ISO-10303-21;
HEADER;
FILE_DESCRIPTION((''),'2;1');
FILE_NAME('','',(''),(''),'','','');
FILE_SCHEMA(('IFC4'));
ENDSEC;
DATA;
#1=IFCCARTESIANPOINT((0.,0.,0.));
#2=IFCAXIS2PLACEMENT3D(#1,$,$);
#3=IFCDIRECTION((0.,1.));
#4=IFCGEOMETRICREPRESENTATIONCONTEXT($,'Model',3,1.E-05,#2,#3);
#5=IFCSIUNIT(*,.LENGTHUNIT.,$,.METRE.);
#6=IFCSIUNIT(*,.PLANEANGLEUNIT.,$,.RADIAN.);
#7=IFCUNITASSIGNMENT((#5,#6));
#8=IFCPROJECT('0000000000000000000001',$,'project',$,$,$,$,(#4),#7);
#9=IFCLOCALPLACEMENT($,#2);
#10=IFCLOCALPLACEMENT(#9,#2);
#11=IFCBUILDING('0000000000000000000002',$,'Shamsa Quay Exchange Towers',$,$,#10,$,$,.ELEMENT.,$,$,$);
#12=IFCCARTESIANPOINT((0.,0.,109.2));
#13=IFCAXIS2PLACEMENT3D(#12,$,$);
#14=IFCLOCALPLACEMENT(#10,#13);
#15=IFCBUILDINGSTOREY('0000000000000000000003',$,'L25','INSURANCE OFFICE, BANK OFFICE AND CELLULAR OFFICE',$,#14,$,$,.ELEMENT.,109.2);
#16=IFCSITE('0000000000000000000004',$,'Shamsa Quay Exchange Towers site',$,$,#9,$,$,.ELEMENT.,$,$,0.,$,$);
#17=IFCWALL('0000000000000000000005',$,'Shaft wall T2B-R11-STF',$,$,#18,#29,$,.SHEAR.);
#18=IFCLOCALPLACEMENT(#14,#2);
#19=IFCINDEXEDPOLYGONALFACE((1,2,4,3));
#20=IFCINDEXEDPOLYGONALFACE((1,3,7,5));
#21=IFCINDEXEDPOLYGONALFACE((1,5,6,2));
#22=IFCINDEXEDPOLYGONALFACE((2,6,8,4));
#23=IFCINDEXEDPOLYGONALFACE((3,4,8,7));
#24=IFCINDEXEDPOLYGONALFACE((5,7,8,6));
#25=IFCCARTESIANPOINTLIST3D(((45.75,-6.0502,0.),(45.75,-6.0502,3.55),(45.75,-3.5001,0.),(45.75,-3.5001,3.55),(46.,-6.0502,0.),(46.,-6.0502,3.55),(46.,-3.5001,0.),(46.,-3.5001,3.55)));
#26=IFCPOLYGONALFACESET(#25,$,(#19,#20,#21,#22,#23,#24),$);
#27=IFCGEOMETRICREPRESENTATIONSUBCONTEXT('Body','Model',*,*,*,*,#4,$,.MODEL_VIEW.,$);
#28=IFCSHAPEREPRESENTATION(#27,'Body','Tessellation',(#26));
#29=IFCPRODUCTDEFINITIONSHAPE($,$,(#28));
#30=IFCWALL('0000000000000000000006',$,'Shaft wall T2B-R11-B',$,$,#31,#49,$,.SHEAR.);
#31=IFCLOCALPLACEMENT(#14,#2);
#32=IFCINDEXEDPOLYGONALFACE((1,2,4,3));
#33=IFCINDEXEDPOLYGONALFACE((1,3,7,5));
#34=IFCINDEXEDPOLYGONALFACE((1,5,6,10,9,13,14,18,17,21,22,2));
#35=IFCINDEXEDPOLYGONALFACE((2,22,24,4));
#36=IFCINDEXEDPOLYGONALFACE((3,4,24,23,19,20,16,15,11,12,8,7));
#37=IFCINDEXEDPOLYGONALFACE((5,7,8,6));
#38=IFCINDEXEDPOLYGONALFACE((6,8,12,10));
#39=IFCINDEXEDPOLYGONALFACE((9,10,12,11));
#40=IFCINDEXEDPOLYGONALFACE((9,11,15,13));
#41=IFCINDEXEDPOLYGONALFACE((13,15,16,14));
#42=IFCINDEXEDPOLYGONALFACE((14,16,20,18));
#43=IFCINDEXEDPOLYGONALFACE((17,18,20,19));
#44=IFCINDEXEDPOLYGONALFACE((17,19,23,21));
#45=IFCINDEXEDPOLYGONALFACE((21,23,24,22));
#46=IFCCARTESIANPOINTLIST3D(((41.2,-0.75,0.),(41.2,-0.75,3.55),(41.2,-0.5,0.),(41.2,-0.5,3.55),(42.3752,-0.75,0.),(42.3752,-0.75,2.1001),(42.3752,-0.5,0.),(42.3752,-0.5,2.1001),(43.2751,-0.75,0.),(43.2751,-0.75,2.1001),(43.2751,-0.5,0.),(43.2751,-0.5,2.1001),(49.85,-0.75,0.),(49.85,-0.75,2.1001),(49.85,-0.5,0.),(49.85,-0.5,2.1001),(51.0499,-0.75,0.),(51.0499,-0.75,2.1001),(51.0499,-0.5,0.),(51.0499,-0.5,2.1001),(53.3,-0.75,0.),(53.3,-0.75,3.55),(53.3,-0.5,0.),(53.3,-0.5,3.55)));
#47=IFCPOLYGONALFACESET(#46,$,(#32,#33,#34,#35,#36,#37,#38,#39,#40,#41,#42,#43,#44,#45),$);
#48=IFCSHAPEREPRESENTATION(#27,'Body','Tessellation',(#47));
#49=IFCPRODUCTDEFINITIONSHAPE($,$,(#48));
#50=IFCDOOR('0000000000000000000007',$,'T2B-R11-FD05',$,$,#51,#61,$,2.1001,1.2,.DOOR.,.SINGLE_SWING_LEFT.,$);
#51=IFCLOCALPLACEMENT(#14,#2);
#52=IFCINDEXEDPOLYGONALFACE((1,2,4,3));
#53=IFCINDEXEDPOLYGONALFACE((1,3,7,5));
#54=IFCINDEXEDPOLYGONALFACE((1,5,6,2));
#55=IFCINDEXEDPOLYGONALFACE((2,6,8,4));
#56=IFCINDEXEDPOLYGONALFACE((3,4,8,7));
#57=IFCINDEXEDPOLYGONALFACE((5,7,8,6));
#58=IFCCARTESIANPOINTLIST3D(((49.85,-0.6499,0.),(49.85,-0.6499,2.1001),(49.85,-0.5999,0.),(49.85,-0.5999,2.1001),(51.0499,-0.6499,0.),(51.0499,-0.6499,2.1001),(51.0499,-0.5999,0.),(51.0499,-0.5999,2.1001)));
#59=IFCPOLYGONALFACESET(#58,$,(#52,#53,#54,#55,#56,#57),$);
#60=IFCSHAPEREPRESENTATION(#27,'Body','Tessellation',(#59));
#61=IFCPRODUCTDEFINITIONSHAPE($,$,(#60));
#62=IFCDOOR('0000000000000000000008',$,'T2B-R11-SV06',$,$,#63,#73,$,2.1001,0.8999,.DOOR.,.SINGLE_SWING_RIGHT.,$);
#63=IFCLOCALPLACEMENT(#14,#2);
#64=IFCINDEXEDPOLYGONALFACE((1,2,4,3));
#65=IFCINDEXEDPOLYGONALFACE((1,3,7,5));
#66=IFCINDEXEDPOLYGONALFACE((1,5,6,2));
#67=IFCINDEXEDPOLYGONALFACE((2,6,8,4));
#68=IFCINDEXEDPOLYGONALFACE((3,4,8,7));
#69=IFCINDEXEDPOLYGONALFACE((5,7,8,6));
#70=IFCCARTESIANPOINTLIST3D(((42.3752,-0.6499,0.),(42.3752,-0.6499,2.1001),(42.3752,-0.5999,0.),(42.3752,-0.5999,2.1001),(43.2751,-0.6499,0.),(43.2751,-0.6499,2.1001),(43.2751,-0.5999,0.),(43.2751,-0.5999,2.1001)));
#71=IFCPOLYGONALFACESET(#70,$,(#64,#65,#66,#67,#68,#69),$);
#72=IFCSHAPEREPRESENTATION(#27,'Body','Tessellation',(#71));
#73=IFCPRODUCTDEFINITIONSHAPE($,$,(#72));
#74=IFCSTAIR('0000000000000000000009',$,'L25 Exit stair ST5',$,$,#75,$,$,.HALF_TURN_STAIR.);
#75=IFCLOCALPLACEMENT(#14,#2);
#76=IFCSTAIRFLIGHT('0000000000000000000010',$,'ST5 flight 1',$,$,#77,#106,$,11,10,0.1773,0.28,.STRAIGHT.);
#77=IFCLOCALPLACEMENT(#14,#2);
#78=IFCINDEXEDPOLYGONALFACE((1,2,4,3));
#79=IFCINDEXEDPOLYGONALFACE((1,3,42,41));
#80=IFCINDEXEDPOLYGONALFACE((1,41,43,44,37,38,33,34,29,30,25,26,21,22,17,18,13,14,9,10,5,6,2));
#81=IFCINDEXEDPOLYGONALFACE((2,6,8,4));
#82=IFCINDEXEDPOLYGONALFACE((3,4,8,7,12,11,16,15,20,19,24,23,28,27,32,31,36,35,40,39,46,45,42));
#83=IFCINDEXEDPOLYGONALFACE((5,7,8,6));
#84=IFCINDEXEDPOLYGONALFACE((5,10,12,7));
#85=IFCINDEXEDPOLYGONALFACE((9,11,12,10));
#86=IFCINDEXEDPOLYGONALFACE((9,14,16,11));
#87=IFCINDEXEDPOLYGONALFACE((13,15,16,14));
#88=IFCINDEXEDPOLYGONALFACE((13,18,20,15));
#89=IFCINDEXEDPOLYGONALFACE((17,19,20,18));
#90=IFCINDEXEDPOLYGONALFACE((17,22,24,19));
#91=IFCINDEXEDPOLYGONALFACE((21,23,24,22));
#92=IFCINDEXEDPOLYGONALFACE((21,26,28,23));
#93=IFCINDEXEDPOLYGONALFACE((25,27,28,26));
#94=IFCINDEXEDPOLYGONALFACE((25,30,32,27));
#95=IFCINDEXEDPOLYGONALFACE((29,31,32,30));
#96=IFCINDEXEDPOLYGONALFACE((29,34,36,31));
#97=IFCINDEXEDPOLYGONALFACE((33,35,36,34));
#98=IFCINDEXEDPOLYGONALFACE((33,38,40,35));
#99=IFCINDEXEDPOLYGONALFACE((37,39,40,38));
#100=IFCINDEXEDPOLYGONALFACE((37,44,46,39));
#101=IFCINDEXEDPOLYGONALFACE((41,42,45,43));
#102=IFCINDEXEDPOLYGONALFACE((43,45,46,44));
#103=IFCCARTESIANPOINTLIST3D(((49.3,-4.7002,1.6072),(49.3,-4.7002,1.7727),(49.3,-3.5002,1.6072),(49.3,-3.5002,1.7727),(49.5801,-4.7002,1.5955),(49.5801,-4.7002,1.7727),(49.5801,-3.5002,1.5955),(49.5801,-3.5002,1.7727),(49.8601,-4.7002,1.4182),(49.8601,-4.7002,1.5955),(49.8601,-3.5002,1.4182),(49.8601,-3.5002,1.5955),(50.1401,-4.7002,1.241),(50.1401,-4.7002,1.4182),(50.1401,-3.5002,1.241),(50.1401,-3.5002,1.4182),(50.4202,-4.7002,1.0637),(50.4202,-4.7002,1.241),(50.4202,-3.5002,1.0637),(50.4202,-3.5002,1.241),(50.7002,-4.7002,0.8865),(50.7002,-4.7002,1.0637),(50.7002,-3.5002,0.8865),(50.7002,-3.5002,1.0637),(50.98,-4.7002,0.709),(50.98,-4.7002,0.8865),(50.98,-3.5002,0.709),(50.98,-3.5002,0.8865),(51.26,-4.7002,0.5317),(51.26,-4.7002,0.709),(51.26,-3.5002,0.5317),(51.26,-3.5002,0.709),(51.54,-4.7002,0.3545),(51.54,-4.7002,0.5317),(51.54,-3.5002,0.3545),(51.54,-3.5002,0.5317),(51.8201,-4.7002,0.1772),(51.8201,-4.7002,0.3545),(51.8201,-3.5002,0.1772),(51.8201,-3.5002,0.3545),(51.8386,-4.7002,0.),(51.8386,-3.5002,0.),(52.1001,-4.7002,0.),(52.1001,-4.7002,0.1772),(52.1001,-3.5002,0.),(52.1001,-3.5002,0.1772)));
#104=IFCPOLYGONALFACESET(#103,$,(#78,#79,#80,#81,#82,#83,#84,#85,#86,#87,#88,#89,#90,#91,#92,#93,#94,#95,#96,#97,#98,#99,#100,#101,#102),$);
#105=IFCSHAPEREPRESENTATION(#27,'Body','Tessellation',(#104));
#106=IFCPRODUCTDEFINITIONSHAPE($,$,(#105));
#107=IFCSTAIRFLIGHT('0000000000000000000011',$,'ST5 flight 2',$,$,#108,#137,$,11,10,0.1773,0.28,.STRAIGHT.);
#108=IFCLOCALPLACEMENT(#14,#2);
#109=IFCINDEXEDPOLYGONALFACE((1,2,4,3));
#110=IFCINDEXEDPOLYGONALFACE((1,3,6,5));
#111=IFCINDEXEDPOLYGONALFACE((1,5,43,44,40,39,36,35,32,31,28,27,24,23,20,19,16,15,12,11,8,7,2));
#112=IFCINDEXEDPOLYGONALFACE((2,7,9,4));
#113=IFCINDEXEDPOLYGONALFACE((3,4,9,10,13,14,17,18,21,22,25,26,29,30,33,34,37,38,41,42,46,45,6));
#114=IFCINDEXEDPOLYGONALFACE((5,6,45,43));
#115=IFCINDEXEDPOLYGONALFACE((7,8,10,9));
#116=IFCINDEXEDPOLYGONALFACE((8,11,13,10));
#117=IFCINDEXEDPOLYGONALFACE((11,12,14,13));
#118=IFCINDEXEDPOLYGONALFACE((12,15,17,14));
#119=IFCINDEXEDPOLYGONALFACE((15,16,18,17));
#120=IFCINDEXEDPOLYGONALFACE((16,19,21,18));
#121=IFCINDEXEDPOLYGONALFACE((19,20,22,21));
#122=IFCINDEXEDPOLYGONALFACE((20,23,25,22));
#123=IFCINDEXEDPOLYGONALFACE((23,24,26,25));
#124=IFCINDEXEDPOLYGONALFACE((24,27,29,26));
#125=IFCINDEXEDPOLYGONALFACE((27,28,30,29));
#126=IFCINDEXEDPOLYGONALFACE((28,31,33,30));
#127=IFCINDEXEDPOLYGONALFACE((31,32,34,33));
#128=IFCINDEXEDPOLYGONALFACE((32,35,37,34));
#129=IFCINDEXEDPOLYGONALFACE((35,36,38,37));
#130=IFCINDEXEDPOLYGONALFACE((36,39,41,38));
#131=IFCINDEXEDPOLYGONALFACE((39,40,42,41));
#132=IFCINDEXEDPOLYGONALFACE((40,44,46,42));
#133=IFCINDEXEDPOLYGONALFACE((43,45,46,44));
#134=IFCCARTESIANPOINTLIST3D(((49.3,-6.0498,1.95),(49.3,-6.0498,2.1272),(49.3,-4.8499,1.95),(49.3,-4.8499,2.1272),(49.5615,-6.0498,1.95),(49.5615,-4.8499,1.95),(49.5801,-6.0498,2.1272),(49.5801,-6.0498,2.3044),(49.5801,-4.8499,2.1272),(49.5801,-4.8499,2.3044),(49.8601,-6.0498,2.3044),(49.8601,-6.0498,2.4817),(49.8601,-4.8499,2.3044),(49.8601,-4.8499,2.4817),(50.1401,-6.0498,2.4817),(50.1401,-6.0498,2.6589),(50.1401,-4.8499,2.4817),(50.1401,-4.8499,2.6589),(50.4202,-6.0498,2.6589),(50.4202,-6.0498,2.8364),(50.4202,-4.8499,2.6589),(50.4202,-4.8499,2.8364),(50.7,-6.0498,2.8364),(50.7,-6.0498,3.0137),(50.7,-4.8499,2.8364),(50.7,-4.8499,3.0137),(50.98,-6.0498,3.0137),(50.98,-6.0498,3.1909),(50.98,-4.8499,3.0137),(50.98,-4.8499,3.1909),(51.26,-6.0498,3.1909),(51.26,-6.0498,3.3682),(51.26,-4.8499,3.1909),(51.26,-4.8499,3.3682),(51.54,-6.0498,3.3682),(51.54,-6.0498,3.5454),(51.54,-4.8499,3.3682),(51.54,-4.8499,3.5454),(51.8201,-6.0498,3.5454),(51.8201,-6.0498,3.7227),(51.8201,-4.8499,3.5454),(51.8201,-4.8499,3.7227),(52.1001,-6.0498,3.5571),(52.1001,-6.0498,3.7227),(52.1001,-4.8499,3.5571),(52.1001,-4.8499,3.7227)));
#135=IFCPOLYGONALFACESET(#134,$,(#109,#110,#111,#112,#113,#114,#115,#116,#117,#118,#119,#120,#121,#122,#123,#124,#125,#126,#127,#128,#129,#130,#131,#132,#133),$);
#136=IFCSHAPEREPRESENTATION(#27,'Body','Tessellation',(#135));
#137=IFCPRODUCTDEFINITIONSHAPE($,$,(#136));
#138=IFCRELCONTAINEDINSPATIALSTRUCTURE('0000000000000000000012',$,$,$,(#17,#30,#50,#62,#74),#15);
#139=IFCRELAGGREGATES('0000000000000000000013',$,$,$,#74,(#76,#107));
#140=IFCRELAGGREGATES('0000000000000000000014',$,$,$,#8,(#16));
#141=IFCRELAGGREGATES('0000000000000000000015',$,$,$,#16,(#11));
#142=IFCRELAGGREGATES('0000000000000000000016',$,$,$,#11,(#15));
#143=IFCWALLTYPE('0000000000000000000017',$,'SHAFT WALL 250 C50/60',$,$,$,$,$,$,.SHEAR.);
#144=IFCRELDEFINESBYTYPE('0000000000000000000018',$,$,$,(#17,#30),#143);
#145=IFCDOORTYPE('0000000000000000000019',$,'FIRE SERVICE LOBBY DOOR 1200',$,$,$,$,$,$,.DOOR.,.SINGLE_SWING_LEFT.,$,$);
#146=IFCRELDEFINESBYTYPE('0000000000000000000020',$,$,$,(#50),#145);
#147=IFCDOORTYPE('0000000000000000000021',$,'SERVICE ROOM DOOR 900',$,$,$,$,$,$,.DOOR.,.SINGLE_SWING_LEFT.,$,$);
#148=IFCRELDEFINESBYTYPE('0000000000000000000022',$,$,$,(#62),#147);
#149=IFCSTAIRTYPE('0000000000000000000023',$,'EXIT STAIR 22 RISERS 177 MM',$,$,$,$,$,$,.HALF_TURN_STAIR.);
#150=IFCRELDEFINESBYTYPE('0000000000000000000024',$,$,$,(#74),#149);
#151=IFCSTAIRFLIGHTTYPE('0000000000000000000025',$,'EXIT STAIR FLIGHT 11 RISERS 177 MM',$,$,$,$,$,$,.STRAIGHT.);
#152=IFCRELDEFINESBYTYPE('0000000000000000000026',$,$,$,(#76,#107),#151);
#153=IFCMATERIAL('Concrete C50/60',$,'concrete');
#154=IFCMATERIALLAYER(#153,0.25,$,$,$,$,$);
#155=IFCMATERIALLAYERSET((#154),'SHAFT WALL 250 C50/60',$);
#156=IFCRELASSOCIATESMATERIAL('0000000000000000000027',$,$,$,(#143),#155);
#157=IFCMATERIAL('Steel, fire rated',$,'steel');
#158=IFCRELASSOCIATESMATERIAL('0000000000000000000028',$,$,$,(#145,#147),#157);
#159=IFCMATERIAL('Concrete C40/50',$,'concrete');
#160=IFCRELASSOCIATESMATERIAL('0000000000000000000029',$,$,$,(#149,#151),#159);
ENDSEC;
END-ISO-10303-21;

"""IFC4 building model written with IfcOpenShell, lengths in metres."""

from ifc_helpers import new_model, si_unit, direction, frame, frame_2d, origin, place, context, subcontext, project, spatial, polyline, rectangle, outline, extrude, material, layer, layer_set, type_object, element, fill, aggregate, save


model = new_model("IFC4")

# Units and contexts
model_context = context("Model", 3, precision=1e-05, world=origin(), true_north=direction((0.0, 1.0)))
body_context = subcontext(model_context, "Body", "Model", "MODEL_VIEW")
ifc_project = project(units=[si_unit("LENGTHUNIT", "METRE"), si_unit("PLANEANGLEUNIT", "RADIAN")], contexts=[model_context])

# Site, building, storey
site_placement = place(None, origin())
site = spatial("IfcSite", under=ifc_project, at=site_placement, Name="Shamsa Quay Exchange Towers site", CompositionType="ELEMENT", RefElevation=0.0)
building_placement = place(site_placement, origin())
building = spatial("IfcBuilding", under=site, at=building_placement, Name="Shamsa Quay Exchange Towers", CompositionType="ELEMENT")
storey_placement = place(building_placement, frame((0.0, 0.0, 109.2)))
storey = spatial("IfcBuildingStorey", under=building, at=storey_placement, Name="L25", Description="INSURANCE OFFICE, BANK OFFICE AND CELLULAR OFFICE", CompositionType="ELEMENT", Elevation=109.2)

# Shared definitions
ifc_material_1 = material(Name="Steel, fire rated", Category="steel")
ifc_material_2 = material(Name="Concrete C50/60", Category="concrete")
ifc_layer_1 = layer(ifc_material_2, 0.25)
ifc_layer_set_1 = layer_set([ifc_layer_1], Name="SHAFT WALL 250 C50/60")
wall_type_1 = type_object("IfcWallType", Name="SHAFT WALL 250 C50/60", PredefinedType="SHEAR", material=ifc_layer_set_1)

# Wall
wall_1_placement = place(storey_placement, frame((45.875, -6.05, 0.0), z_axis=(0.0, 0.0, 1.0), x_axis=(0.0, 1.0, 0.0)))
element("IfcWall", 1, at=wall_1_placement, inside=storey, type_object=wall_type_1, Name="Shaft wall T2B-R11-STF", PredefinedType="SHEAR", context=body_context, shape_type="SweptSolid", body=[
    extrude(rectangle(XDim=2.55, YDim=0.25, at=frame_2d((1.2749, 0.0))), origin(), (0.0, 0.0, 1.0), 3.55),
])

# Wall, openings, doors
wall_2_placement = place(storey_placement, frame((53.3, -0.625, 0.0), z_axis=(0.0, 0.0, 1.0), x_axis=(-1.0, 0.0, 0.0)))
wall_2 = element("IfcWall", 2, at=wall_2_placement, inside=storey, type_object=wall_type_1, Name="Shaft wall T2B-R11-B", PredefinedType="SHEAR", context=body_context, shape_type="SweptSolid", body=[
    extrude(rectangle(XDim=12.1001, YDim=0.25, at=frame_2d((6.05, 0.0))), origin(), (0.0, 0.0, 1.0), 3.55),
])
opening_1_placement = place(wall_2_placement, frame((2.25, 0.0, 0.0)))
opening_1 = element("IfcOpeningElement", 3, at=opening_1_placement, cuts=wall_2, PredefinedType="OPENING", context=body_context, shape_type="SweptSolid", body=[
    extrude(rectangle(XDim=1.2, YDim=2.1001, at=frame_2d((0.6001, 1.05))), frame((0.0, 0.135, 0.0), z_axis=(0.0, -1.0, 0.0), x_axis=(1.0, 0.0, 0.0)), (0.0, 0.0, 1.0), 0.27),
])
opening_2_placement = place(wall_2_placement, frame((10.0249, 0.0, 0.0)))
opening_2 = element("IfcOpeningElement", 4, at=opening_2_placement, cuts=wall_2, PredefinedType="OPENING", context=body_context, shape_type="SweptSolid", body=[
    extrude(rectangle(XDim=0.8999, YDim=2.1001, at=frame_2d((0.45, 1.05))), frame((0.0, 0.135, 0.0), z_axis=(0.0, -1.0, 0.0), x_axis=(1.0, 0.0, 0.0)), (0.0, 0.0, 1.0), 0.27),
])
door_type_1 = type_object("IfcDoorType", Name="FIRE SERVICE LOBBY DOOR 1200", OperationType="SINGLE_SWING_LEFT", PredefinedType="DOOR", material=ifc_material_1)
door_1_placement = place(opening_1_placement, origin())
door_1 = element("IfcDoor", 5, at=door_1_placement, inside=storey, type_object=door_type_1, Name="T2B-R11-FD05", OperationType="SINGLE_SWING_LEFT", OverallHeight=2.1001, OverallWidth=1.2, PredefinedType="DOOR", context=body_context, shape_type="SweptSolid", body=[
    extrude(rectangle(XDim=1.2, YDim=2.1001, at=frame_2d((0.6001, 1.05))), frame((0.0, 0.0249, 0.0), z_axis=(0.0, -1.0, 0.0), x_axis=(1.0, 0.0, 0.0)), (0.0, 0.0, 1.0), 0.05),
])
fill(opening_1, door_1)
door_type_2 = type_object("IfcDoorType", Name="SERVICE ROOM DOOR 900", OperationType="SINGLE_SWING_LEFT", PredefinedType="DOOR", material=ifc_material_1)
door_2_placement = place(opening_2_placement, origin())
door_2 = element("IfcDoor", 6, at=door_2_placement, inside=storey, type_object=door_type_2, Name="T2B-R11-SV06", OperationType="SINGLE_SWING_RIGHT", OverallHeight=2.1001, OverallWidth=0.8999, PredefinedType="DOOR", context=body_context, shape_type="SweptSolid", body=[
    extrude(rectangle(XDim=0.8999, YDim=2.1001, at=frame_2d((0.45, 1.05))), frame((0.0, 0.0249, 0.0), z_axis=(0.0, -1.0, 0.0), x_axis=(1.0, 0.0, 0.0)), (0.0, 0.0, 1.0), 0.05),
])
fill(opening_2, door_2)

# Stair, stair flights
ifc_material_3 = material(Name="Concrete C40/50", Category="concrete")
stair_type = type_object("IfcStairType", Name="EXIT STAIR 22 RISERS 177 MM", PredefinedType="HALF_TURN_STAIR", material=ifc_material_3)
stair_placement = place(storey_placement, origin())
stair = element("IfcStair", 7, at=stair_placement, inside=storey, type_object=stair_type, Name="L25 Exit stair ST5", PredefinedType="HALF_TURN_STAIR")
stair_flight_type = type_object("IfcStairFlightType", Name="EXIT STAIR FLIGHT 11 RISERS 177 MM", PredefinedType="STRAIGHT", material=ifc_material_3)
stair_flight_1_placement = place(storey_placement, frame((52.1001, -4.1001, 0.0), z_axis=(0.0, 0.0, 1.0), x_axis=(-1.0, 0.0, 0.0)))
stair_flight_1 = element("IfcStairFlight", 8, at=stair_flight_1_placement, type_object=stair_flight_type, Name="ST5 flight 1", NumberOfRisers=11, NumberOfTreads=10, PredefinedType="STRAIGHT", RiserHeight=0.1773, TreadLength=0.28, context=body_context, shape_type="SweptSolid", body=[
    extrude(outline(polyline([(0.0, 0.0), (0.0, 0.1772), (0.28, 0.1772), (0.28, 0.3545), (0.5601, 0.3545), (0.5601, 0.5317), (0.8401, 0.5317), (0.8401, 0.709), (1.1201, 0.709), (1.1201, 0.8865), (1.3999, 0.8865), (1.3999, 1.0637), (1.6799, 1.0637), (1.6799, 1.241), (1.96, 1.241), (1.96, 1.4182), (2.24, 1.4182), (2.24, 1.5955), (2.52, 1.5955), (2.52, 1.7727), (2.8, 1.7727), (2.8, 1.95), (2.8, 1.6072), (0.2615, 0.0), (0.0, 0.0)])), frame((0.0, 0.6001, 0.0), z_axis=(0.0, -1.0, 0.0), x_axis=(1.0, 0.0, 0.0)), (0.0, 0.0, 1.0), 1.2),
])
stair_flight_2_placement = place(storey_placement, frame((49.3, -5.45, 1.95)))
stair_flight_2 = element("IfcStairFlight", 9, at=stair_flight_2_placement, type_object=stair_flight_type, Name="ST5 flight 2", NumberOfRisers=11, NumberOfTreads=10, PredefinedType="STRAIGHT", RiserHeight=0.1773, TreadLength=0.28, context=body_context, shape_type="SweptSolid", body=[
    extrude(outline(polyline([(0.0, 0.0), (0.0, 0.1772), (0.28, 0.1772), (0.28, 0.3545), (0.5601, 0.3545), (0.5601, 0.5317), (0.8401, 0.5317), (0.8401, 0.709), (1.1201, 0.709), (1.1201, 0.8865), (1.3999, 0.8865), (1.3999, 1.0637), (1.6799, 1.0637), (1.6799, 1.241), (1.96, 1.241), (1.96, 1.4182), (2.24, 1.4182), (2.24, 1.5955), (2.52, 1.5955), (2.52, 1.7727), (2.8, 1.7727), (2.8, 1.95), (2.8, 1.6072), (0.2615, 0.0), (0.0, 0.0)])), frame((0.0, 0.6001, 0.0), z_axis=(0.0, -1.0, 0.0), x_axis=(1.0, 0.0, 0.0)), (0.0, 0.0, 1.0), 1.2),
])
aggregate(stair, [stair_flight_1, stair_flight_2])

save(model, "model.ifc")
